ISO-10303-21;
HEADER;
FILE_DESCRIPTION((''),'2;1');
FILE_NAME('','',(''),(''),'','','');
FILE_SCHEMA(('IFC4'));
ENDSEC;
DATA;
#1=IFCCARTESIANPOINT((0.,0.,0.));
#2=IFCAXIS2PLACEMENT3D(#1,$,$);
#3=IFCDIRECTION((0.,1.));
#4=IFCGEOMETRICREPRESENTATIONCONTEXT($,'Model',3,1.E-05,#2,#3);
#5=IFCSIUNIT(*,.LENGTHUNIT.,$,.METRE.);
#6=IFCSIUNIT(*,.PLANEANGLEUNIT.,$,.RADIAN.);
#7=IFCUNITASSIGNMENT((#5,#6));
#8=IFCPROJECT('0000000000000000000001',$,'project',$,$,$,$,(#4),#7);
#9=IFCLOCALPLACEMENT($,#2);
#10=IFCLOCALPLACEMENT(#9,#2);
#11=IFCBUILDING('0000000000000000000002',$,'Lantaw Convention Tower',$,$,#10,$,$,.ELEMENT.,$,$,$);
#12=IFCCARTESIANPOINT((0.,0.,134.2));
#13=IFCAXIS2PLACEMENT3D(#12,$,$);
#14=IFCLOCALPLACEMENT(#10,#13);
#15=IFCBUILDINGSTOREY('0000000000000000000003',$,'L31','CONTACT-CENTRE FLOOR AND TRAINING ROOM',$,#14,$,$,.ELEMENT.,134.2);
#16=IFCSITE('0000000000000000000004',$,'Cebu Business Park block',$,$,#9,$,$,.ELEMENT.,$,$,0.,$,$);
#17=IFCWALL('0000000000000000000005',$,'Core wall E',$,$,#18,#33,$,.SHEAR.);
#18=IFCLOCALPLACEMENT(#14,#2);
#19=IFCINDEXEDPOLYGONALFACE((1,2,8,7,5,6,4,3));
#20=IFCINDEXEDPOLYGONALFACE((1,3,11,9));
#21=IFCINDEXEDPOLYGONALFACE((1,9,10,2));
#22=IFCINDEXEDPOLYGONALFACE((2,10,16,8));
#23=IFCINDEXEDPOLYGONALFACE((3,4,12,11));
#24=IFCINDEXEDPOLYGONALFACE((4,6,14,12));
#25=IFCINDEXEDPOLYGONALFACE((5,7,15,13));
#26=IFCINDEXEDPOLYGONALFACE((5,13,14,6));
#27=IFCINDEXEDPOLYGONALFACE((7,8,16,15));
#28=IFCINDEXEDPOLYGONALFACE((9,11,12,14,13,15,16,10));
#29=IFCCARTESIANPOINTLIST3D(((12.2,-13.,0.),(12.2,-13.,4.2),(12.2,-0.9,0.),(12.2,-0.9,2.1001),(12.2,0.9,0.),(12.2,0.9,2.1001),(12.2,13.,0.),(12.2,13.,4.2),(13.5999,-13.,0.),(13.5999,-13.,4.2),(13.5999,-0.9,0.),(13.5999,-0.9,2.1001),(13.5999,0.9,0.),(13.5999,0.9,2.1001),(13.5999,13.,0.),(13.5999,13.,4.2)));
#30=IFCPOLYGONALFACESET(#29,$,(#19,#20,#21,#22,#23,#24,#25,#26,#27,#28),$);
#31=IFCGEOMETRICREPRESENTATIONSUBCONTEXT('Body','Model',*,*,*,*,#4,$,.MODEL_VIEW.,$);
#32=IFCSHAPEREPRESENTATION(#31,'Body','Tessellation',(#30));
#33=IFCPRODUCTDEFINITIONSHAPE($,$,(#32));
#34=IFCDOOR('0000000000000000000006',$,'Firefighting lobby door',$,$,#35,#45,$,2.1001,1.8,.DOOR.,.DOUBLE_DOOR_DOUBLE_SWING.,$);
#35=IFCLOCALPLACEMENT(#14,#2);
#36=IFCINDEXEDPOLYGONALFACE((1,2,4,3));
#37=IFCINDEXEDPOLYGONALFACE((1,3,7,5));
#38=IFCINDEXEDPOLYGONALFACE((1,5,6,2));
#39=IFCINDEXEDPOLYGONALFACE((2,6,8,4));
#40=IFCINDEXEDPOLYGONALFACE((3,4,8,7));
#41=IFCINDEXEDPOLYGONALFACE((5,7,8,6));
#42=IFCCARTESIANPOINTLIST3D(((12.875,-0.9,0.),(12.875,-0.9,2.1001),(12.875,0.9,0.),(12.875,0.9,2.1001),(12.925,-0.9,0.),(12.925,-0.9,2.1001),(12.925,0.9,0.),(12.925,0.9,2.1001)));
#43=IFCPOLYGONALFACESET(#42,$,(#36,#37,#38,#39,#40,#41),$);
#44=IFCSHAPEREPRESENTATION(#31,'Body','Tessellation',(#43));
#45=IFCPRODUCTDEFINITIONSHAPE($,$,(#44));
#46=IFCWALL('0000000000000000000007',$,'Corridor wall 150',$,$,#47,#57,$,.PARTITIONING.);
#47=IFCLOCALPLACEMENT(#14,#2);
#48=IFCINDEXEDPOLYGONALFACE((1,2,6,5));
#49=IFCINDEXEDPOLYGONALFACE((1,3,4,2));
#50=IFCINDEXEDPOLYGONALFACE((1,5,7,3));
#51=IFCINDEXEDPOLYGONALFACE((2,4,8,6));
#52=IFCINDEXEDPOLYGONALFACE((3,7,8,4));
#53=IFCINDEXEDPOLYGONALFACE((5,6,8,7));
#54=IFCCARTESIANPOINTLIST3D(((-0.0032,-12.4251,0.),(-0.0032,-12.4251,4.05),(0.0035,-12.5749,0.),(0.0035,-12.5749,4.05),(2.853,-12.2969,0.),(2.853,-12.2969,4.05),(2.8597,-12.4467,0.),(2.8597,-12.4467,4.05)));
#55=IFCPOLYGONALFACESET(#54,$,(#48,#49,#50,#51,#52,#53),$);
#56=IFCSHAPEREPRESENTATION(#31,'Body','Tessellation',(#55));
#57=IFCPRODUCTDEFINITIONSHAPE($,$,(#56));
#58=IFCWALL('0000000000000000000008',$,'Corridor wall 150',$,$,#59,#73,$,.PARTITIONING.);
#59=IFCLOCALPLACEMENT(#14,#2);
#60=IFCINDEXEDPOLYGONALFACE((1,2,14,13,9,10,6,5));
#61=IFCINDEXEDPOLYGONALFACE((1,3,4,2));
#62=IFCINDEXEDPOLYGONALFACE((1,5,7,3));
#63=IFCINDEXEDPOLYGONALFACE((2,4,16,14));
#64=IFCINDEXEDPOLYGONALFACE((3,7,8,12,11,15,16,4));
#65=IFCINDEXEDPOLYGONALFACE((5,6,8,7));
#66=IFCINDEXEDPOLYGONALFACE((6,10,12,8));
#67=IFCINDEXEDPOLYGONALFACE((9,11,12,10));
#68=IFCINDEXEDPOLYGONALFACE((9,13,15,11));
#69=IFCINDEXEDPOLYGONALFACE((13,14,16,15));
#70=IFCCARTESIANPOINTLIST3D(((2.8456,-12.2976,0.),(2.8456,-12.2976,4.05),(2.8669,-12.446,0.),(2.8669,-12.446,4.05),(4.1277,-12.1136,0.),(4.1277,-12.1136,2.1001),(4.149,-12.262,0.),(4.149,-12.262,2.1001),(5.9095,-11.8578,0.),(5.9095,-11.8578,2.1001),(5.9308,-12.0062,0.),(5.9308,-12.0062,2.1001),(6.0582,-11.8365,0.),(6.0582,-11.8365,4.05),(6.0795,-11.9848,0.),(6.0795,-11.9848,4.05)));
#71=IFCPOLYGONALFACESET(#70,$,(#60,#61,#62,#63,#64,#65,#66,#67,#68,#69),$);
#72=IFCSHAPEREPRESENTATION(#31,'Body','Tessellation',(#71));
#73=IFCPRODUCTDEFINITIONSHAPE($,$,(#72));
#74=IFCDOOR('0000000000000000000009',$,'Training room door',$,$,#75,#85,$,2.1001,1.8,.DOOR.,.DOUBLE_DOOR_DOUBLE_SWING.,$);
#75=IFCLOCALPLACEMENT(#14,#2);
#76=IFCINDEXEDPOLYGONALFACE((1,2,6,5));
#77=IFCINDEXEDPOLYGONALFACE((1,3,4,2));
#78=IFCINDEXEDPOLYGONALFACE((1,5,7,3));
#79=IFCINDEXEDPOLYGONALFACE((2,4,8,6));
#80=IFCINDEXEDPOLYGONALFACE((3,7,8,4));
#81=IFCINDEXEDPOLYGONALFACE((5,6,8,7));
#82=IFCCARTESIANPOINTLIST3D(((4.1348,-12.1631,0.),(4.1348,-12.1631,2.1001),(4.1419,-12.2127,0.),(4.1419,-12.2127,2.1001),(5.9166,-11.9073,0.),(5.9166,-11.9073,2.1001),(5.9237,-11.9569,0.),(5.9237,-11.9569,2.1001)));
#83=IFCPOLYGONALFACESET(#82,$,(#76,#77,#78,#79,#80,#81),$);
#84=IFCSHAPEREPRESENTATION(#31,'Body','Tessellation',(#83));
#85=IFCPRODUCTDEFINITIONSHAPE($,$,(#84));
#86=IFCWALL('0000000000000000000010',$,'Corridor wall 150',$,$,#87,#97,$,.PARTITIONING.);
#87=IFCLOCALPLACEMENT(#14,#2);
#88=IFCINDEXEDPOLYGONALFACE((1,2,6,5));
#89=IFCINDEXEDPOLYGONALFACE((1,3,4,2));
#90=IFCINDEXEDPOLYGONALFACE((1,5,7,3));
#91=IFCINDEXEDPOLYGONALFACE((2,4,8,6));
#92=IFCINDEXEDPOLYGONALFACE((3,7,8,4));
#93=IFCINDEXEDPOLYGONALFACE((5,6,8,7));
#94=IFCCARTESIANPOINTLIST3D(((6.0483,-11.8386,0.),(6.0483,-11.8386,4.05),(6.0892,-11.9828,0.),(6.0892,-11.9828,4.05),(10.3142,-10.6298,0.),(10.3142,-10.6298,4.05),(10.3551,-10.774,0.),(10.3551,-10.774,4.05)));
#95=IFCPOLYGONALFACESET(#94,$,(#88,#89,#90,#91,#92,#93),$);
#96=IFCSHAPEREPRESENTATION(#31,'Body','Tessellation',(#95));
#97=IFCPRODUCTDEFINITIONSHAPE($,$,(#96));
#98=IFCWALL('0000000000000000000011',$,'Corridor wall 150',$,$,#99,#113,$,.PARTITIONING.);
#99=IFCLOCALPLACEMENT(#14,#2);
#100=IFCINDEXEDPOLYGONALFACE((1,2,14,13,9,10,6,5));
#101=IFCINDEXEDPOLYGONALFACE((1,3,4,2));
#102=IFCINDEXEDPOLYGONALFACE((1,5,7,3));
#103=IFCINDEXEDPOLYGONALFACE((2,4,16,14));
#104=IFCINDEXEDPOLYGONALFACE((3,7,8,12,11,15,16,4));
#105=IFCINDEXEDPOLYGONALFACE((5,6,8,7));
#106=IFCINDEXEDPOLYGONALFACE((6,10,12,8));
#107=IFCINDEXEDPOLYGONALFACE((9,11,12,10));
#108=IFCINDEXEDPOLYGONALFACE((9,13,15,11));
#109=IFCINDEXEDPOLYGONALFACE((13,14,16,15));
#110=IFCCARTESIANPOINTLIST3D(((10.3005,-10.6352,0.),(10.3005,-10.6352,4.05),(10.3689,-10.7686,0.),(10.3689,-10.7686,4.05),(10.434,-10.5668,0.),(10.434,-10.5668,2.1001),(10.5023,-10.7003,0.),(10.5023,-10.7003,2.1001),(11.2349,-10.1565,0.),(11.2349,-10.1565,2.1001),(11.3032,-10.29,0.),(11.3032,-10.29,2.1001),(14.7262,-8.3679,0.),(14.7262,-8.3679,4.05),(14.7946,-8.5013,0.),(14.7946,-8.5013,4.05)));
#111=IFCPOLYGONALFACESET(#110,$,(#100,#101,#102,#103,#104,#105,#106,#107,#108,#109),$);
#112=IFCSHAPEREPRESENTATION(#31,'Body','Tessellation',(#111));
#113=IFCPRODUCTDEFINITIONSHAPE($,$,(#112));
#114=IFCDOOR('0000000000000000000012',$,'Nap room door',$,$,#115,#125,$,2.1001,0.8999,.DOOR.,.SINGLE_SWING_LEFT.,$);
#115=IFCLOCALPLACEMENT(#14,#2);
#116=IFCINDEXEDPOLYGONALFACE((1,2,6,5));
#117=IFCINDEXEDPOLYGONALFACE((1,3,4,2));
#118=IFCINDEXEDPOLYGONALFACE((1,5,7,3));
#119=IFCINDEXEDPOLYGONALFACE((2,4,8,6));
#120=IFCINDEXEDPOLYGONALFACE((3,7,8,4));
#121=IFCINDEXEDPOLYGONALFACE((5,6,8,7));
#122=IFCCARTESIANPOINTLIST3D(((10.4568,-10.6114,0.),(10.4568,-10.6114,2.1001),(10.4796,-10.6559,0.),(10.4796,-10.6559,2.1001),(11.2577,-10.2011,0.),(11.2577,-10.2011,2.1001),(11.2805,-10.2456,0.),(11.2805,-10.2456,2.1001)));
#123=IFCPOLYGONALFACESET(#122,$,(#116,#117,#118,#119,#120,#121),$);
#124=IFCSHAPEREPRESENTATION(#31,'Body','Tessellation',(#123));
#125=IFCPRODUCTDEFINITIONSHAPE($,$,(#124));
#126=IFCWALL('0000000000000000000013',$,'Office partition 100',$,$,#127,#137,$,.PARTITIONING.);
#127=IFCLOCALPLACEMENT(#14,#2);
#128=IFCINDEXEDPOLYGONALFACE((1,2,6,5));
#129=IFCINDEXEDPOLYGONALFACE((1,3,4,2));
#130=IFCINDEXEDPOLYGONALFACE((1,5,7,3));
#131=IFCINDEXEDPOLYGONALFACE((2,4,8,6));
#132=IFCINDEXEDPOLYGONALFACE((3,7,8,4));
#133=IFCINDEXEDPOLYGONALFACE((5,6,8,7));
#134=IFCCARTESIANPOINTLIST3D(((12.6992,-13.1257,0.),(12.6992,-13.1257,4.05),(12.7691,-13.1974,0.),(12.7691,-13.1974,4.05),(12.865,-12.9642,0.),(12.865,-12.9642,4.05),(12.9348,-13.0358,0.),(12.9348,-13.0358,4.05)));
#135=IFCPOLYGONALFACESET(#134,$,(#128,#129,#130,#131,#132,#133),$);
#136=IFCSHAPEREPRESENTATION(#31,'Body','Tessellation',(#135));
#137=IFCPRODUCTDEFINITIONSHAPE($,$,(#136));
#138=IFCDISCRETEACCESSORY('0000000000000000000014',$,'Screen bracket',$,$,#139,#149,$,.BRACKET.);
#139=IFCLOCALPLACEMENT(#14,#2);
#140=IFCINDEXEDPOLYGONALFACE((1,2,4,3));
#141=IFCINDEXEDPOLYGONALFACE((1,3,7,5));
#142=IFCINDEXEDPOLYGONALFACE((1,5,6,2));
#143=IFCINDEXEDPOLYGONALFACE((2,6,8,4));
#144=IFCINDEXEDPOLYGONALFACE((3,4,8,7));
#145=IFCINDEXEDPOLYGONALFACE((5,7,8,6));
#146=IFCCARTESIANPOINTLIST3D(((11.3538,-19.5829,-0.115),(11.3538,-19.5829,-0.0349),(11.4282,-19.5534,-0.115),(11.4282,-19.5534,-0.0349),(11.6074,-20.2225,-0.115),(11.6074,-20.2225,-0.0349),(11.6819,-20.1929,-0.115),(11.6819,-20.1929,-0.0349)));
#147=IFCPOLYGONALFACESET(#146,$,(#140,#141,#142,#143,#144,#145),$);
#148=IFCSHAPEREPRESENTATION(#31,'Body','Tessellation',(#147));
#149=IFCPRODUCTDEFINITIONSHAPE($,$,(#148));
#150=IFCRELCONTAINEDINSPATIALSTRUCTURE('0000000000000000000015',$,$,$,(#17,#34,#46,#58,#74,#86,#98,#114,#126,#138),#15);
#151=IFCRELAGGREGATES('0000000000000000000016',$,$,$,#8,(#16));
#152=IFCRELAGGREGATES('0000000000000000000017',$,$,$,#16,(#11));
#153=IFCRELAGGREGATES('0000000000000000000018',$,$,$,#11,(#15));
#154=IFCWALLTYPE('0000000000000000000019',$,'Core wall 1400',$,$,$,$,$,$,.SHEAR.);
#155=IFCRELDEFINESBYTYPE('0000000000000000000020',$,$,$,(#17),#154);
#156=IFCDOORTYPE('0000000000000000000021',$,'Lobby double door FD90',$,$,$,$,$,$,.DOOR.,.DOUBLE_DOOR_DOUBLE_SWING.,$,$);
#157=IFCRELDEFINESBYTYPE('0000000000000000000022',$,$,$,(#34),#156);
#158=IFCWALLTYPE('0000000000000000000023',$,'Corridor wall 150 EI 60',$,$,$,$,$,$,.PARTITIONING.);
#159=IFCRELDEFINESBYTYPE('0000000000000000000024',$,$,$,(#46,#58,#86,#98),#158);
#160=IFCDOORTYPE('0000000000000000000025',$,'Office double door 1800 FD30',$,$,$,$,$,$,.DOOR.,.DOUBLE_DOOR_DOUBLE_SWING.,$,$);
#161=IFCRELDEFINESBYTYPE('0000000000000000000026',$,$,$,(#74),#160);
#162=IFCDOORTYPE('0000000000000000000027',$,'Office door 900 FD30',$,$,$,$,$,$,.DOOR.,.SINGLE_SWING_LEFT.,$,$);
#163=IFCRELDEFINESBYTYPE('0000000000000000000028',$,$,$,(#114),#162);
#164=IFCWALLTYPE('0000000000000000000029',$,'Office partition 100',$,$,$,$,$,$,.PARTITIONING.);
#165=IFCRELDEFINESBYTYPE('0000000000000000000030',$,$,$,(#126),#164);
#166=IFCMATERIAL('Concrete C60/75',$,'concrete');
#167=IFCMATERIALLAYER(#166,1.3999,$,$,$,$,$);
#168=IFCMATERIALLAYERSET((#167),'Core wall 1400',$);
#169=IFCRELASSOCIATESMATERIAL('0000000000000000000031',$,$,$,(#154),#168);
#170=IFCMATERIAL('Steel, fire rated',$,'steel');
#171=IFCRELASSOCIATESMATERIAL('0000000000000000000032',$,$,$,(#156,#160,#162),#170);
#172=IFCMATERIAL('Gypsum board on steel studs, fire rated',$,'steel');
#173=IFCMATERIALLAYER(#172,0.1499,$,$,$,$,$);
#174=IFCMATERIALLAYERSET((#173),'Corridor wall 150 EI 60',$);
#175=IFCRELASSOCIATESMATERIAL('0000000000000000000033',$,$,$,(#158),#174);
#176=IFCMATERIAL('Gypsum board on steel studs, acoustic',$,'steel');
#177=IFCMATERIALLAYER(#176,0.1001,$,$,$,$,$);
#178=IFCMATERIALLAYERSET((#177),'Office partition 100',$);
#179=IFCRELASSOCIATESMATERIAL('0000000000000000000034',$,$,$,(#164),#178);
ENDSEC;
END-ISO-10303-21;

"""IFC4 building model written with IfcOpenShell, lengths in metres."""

from ifc_helpers import new_model, si_unit, direction, frame, frame_2d, origin, origin_2d, place, context, subcontext, project, spatial, rectangle, extrude, material, layer, layer_set, type_object, element, fill, save


model = new_model("IFC4")

# Units and contexts
model_context = context("Model", 3, precision=1e-05, world=origin(), true_north=direction((0.0, 1.0)))
body_context = subcontext(model_context, "Body", "Model", "MODEL_VIEW")
ifc_project = project(units=[si_unit("LENGTHUNIT", "METRE"), si_unit("PLANEANGLEUNIT", "RADIAN")], contexts=[model_context])

# Site, building, storey
site_placement = place(None, origin())
site = spatial("IfcSite", under=ifc_project, at=site_placement, Name="Cebu Business Park block", CompositionType="ELEMENT", RefElevation=0.0)
building_placement = place(site_placement, origin())
building = spatial("IfcBuilding", under=site, at=building_placement, Name="Lantaw Convention Tower", CompositionType="ELEMENT")
storey_placement = place(building_placement, frame((0.0, 0.0, 134.2)))
storey = spatial("IfcBuildingStorey", under=building, at=storey_placement, Name="L31", Description="CONTACT-CENTRE FLOOR AND TRAINING ROOM", CompositionType="ELEMENT", Elevation=134.2)

# Shared definitions
ifc_material_1 = material(Name="Concrete C60/75", Category="concrete")

# Wall, opening, door
ifc_layer_1 = layer(ifc_material_1, 1.3999)
ifc_layer_set_1 = layer_set([ifc_layer_1], Name="Core wall 1400")
wall_type_1 = type_object("IfcWallType", Name="Core wall 1400", PredefinedType="SHEAR", material=ifc_layer_set_1)
wall_1_placement = place(storey_placement, frame((12.8999, -13.0, 0.0), z_axis=(0.0, 0.0, 1.0), x_axis=(0.0, 1.0, 0.0)))
wall_1 = element("IfcWall", 1, at=wall_1_placement, inside=storey, type_object=wall_type_1, Name="Core wall E", PredefinedType="SHEAR", context=body_context, shape_type="SweptSolid", body=[
    extrude(rectangle(XDim=26.0, YDim=1.3999, at=frame_2d((13.0, 0.0))), origin(), (0.0, 0.0, 1.0), 4.2),
])
opening_1_placement = place(wall_1_placement, frame((12.1001, 0.0, 0.0)))
opening_1 = element("IfcOpeningElement", 2, at=opening_1_placement, cuts=wall_1, PredefinedType="OPENING", context=body_context, shape_type="SweptSolid", body=[
    extrude(rectangle(XDim=1.8, YDim=2.1001, at=frame_2d((0.8999, 1.05))), frame((0.0, 0.71, 0.0), z_axis=(0.0, -1.0, 0.0), x_axis=(1.0, 0.0, 0.0)), (0.0, 0.0, 1.0), 1.4199),
])
ifc_material_2 = material(Name="Steel, fire rated", Category="steel")
door_type_1 = type_object("IfcDoorType", Name="Lobby double door FD90", OperationType="DOUBLE_DOOR_DOUBLE_SWING", PredefinedType="DOOR", material=ifc_material_2)
door_1_placement = place(opening_1_placement, origin())
door_1 = element("IfcDoor", 3, at=door_1_placement, inside=storey, type_object=door_type_1, Name="Firefighting lobby door", OperationType="DOUBLE_DOOR_DOUBLE_SWING", OverallHeight=2.1001, OverallWidth=1.8, PredefinedType="DOOR", context=body_context, shape_type="SweptSolid", body=[
    extrude(rectangle(XDim=1.8, YDim=2.1001, at=frame_2d((0.8999, 1.05))), frame((0.0, 0.0249, 0.0), z_axis=(0.0, -1.0, 0.0), x_axis=(1.0, 0.0, 0.0)), (0.0, 0.0, 1.0), 0.05),
])
fill(opening_1, door_1)

# Wall
ifc_material_3 = material(Name="Gypsum board on steel studs, fire rated", Category="steel")
ifc_layer_2 = layer(ifc_material_3, 0.1499)
ifc_layer_set_2 = layer_set([ifc_layer_2], Name="Corridor wall 150 EI 60")
wall_type_2 = type_object("IfcWallType", Name="Corridor wall 150 EI 60", PredefinedType="PARTITIONING", material=ifc_layer_set_2)
wall_2_placement = place(storey_placement, frame((0.0, -12.5, 0.0), z_axis=(0.0, 0.0, 1.0), x_axis=(0.998995, 0.044831, 0.0)))
element("IfcWall", 4, at=wall_2_placement, inside=storey, type_object=wall_type_2, Name="Corridor wall 150", PredefinedType="PARTITIONING", context=body_context, shape_type="SweptSolid", body=[
    extrude(rectangle(XDim=2.8591, YDim=0.1499, at=frame_2d((1.4297, 0.0))), origin(), (0.0, 0.0, 1.0), 4.05),
])

# Wall, opening, door
wall_3_placement = place(storey_placement, frame((2.8562, -12.3718, 0.0), z_axis=(0.0, 0.0, 1.0), x_axis=(0.989853, 0.142095, 0.0)))
wall_3 = element("IfcWall", 5, at=wall_3_placement, inside=storey, type_object=wall_type_2, Name="Corridor wall 150", PredefinedType="PARTITIONING", context=body_context, shape_type="SweptSolid", body=[
    extrude(rectangle(XDim=3.2456, YDim=0.1499, at=frame_2d((1.6228, 0.0))), origin(), (0.0, 0.0, 1.0), 4.05),
])
opening_2_placement = place(wall_3_placement, frame((1.2954, 0.0, 0.0)))
opening_2 = element("IfcOpeningElement", 6, at=opening_2_placement, cuts=wall_3, PredefinedType="OPENING", context=body_context, shape_type="SweptSolid", body=[
    extrude(rectangle(XDim=1.8, YDim=2.1001, at=frame_2d((0.8999, 1.05))), frame((0.0, 0.085, 0.0), z_axis=(0.0, -1.0, 0.0), x_axis=(1.0, 0.0, 0.0)), (0.0, 0.0, 1.0), 0.1699),
])
door_type_2 = type_object("IfcDoorType", Name="Office double door 1800 FD30", OperationType="DOUBLE_DOOR_DOUBLE_SWING", PredefinedType="DOOR", material=ifc_material_2)
door_2_placement = place(opening_2_placement, origin())
door_2 = element("IfcDoor", 7, at=door_2_placement, inside=storey, type_object=door_type_2, Name="Training room door", OperationType="DOUBLE_DOOR_DOUBLE_SWING", OverallHeight=2.1001, OverallWidth=1.8, PredefinedType="DOOR", context=body_context, shape_type="SweptSolid", body=[
    extrude(rectangle(XDim=1.8, YDim=2.1001, at=frame_2d((0.8999, 1.05))), frame((0.0, 0.0249, 0.0), z_axis=(0.0, -1.0, 0.0), x_axis=(1.0, 0.0, 0.0)), (0.0, 0.0, 1.0), 0.05),
])
fill(opening_2, door_2)

# Wall
wall_4_placement = place(storey_placement, frame((6.0688, -11.9106, 0.0), z_axis=(0.0, 0.0, 1.0), x_axis=(0.962122, 0.272619, 0.0)))
element("IfcWall", 8, at=wall_4_placement, inside=storey, type_object=wall_type_2, Name="Corridor wall 150", PredefinedType="PARTITIONING", context=body_context, shape_type="SweptSolid", body=[
    extrude(rectangle(XDim=4.4338, YDim=0.1499, at=frame_2d((2.2168, 0.0))), origin(), (0.0, 0.0, 1.0), 4.05),
])

# Wall, opening, door
wall_5_placement = place(storey_placement, frame((10.3347, -10.7019, 0.0), z_axis=(0.0, 0.0, 1.0), x_axis=(0.890005, 0.455951, 0.0)))
wall_5 = element("IfcWall", 9, at=wall_5_placement, inside=storey, type_object=wall_type_2, Name="Corridor wall 150", PredefinedType="PARTITIONING", context=body_context, shape_type="SweptSolid", body=[
    extrude(rectangle(XDim=4.9727, YDim=0.1499, at=frame_2d((2.4863, 0.0))), origin(), (0.0, 0.0, 1.0), 4.05),
])
opening_3_placement = place(wall_5_placement, frame((0.1499, 0.0, 0.0)))
opening_3 = element("IfcOpeningElement", 10, at=opening_3_placement, cuts=wall_5, PredefinedType="OPENING", context=body_context, shape_type="SweptSolid", body=[
    extrude(rectangle(XDim=0.8999, YDim=2.1001, at=frame_2d((0.45, 1.05))), frame((0.0, 0.085, 0.0), z_axis=(0.0, -1.0, 0.0), x_axis=(1.0, 0.0, 0.0)), (0.0, 0.0, 1.0), 0.1699),
])
door_type_3 = type_object("IfcDoorType", Name="Office door 900 FD30", OperationType="SINGLE_SWING_LEFT", PredefinedType="DOOR", material=ifc_material_2)
door_3_placement = place(opening_3_placement, origin())
door_3 = element("IfcDoor", 11, at=door_3_placement, inside=storey, type_object=door_type_3, Name="Nap room door", OperationType="SINGLE_SWING_LEFT", OverallHeight=2.1001, OverallWidth=0.8999, PredefinedType="DOOR", context=body_context, shape_type="SweptSolid", body=[
    extrude(rectangle(XDim=0.8999, YDim=2.1001, at=frame_2d((0.45, 1.05))), frame((0.0, 0.0249, 0.0), z_axis=(0.0, -1.0, 0.0), x_axis=(1.0, 0.0, 0.0)), (0.0, 0.0, 1.0), 0.05),
])
fill(opening_3, door_3)

# Wall
ifc_material_4 = material(Name="Gypsum board on steel studs, acoustic", Category="steel")
ifc_layer_3 = layer(ifc_material_4, 0.1001)
ifc_layer_set_3 = layer_set([ifc_layer_3], Name="Office partition 100")
wall_type_3 = type_object("IfcWallType", Name="Office partition 100", PredefinedType="PARTITIONING", material=ifc_layer_set_3)
wall_6_placement = place(storey_placement, frame((12.8999, -13.0, 0.0), z_axis=(0.0, 0.0, 1.0), x_axis=(-0.716013, -0.698087, 0.0)))
element("IfcWall", 12, at=wall_6_placement, inside=storey, type_object=wall_type_3, Name="Office partition 100", PredefinedType="PARTITIONING", context=body_context, shape_type="SweptSolid", body=[
    extrude(rectangle(XDim=0.2314, YDim=0.1001, at=frame_2d((0.1157, 0.0))), origin(), (0.0, 0.0, 1.0), 4.05),
])

# Discrete accessory
discrete_accessory_placement = place(storey_placement, frame((11.5178, -19.8879, -0.115), z_axis=(0.0, 0.0, 1.0), x_axis=(0.929548, 0.368702, 0.0)))
element("IfcDiscreteAccessory", 13, at=discrete_accessory_placement, inside=storey, Name="Screen bracket", PredefinedType="BRACKET", context=body_context, shape_type="SweptSolid", body=[
    extrude(rectangle(XDim=0.0801, YDim=0.688, at=origin_2d()), origin(), (0.0, 0.0, 1.0), 0.0801),
])

save(model, "model.ifc")
